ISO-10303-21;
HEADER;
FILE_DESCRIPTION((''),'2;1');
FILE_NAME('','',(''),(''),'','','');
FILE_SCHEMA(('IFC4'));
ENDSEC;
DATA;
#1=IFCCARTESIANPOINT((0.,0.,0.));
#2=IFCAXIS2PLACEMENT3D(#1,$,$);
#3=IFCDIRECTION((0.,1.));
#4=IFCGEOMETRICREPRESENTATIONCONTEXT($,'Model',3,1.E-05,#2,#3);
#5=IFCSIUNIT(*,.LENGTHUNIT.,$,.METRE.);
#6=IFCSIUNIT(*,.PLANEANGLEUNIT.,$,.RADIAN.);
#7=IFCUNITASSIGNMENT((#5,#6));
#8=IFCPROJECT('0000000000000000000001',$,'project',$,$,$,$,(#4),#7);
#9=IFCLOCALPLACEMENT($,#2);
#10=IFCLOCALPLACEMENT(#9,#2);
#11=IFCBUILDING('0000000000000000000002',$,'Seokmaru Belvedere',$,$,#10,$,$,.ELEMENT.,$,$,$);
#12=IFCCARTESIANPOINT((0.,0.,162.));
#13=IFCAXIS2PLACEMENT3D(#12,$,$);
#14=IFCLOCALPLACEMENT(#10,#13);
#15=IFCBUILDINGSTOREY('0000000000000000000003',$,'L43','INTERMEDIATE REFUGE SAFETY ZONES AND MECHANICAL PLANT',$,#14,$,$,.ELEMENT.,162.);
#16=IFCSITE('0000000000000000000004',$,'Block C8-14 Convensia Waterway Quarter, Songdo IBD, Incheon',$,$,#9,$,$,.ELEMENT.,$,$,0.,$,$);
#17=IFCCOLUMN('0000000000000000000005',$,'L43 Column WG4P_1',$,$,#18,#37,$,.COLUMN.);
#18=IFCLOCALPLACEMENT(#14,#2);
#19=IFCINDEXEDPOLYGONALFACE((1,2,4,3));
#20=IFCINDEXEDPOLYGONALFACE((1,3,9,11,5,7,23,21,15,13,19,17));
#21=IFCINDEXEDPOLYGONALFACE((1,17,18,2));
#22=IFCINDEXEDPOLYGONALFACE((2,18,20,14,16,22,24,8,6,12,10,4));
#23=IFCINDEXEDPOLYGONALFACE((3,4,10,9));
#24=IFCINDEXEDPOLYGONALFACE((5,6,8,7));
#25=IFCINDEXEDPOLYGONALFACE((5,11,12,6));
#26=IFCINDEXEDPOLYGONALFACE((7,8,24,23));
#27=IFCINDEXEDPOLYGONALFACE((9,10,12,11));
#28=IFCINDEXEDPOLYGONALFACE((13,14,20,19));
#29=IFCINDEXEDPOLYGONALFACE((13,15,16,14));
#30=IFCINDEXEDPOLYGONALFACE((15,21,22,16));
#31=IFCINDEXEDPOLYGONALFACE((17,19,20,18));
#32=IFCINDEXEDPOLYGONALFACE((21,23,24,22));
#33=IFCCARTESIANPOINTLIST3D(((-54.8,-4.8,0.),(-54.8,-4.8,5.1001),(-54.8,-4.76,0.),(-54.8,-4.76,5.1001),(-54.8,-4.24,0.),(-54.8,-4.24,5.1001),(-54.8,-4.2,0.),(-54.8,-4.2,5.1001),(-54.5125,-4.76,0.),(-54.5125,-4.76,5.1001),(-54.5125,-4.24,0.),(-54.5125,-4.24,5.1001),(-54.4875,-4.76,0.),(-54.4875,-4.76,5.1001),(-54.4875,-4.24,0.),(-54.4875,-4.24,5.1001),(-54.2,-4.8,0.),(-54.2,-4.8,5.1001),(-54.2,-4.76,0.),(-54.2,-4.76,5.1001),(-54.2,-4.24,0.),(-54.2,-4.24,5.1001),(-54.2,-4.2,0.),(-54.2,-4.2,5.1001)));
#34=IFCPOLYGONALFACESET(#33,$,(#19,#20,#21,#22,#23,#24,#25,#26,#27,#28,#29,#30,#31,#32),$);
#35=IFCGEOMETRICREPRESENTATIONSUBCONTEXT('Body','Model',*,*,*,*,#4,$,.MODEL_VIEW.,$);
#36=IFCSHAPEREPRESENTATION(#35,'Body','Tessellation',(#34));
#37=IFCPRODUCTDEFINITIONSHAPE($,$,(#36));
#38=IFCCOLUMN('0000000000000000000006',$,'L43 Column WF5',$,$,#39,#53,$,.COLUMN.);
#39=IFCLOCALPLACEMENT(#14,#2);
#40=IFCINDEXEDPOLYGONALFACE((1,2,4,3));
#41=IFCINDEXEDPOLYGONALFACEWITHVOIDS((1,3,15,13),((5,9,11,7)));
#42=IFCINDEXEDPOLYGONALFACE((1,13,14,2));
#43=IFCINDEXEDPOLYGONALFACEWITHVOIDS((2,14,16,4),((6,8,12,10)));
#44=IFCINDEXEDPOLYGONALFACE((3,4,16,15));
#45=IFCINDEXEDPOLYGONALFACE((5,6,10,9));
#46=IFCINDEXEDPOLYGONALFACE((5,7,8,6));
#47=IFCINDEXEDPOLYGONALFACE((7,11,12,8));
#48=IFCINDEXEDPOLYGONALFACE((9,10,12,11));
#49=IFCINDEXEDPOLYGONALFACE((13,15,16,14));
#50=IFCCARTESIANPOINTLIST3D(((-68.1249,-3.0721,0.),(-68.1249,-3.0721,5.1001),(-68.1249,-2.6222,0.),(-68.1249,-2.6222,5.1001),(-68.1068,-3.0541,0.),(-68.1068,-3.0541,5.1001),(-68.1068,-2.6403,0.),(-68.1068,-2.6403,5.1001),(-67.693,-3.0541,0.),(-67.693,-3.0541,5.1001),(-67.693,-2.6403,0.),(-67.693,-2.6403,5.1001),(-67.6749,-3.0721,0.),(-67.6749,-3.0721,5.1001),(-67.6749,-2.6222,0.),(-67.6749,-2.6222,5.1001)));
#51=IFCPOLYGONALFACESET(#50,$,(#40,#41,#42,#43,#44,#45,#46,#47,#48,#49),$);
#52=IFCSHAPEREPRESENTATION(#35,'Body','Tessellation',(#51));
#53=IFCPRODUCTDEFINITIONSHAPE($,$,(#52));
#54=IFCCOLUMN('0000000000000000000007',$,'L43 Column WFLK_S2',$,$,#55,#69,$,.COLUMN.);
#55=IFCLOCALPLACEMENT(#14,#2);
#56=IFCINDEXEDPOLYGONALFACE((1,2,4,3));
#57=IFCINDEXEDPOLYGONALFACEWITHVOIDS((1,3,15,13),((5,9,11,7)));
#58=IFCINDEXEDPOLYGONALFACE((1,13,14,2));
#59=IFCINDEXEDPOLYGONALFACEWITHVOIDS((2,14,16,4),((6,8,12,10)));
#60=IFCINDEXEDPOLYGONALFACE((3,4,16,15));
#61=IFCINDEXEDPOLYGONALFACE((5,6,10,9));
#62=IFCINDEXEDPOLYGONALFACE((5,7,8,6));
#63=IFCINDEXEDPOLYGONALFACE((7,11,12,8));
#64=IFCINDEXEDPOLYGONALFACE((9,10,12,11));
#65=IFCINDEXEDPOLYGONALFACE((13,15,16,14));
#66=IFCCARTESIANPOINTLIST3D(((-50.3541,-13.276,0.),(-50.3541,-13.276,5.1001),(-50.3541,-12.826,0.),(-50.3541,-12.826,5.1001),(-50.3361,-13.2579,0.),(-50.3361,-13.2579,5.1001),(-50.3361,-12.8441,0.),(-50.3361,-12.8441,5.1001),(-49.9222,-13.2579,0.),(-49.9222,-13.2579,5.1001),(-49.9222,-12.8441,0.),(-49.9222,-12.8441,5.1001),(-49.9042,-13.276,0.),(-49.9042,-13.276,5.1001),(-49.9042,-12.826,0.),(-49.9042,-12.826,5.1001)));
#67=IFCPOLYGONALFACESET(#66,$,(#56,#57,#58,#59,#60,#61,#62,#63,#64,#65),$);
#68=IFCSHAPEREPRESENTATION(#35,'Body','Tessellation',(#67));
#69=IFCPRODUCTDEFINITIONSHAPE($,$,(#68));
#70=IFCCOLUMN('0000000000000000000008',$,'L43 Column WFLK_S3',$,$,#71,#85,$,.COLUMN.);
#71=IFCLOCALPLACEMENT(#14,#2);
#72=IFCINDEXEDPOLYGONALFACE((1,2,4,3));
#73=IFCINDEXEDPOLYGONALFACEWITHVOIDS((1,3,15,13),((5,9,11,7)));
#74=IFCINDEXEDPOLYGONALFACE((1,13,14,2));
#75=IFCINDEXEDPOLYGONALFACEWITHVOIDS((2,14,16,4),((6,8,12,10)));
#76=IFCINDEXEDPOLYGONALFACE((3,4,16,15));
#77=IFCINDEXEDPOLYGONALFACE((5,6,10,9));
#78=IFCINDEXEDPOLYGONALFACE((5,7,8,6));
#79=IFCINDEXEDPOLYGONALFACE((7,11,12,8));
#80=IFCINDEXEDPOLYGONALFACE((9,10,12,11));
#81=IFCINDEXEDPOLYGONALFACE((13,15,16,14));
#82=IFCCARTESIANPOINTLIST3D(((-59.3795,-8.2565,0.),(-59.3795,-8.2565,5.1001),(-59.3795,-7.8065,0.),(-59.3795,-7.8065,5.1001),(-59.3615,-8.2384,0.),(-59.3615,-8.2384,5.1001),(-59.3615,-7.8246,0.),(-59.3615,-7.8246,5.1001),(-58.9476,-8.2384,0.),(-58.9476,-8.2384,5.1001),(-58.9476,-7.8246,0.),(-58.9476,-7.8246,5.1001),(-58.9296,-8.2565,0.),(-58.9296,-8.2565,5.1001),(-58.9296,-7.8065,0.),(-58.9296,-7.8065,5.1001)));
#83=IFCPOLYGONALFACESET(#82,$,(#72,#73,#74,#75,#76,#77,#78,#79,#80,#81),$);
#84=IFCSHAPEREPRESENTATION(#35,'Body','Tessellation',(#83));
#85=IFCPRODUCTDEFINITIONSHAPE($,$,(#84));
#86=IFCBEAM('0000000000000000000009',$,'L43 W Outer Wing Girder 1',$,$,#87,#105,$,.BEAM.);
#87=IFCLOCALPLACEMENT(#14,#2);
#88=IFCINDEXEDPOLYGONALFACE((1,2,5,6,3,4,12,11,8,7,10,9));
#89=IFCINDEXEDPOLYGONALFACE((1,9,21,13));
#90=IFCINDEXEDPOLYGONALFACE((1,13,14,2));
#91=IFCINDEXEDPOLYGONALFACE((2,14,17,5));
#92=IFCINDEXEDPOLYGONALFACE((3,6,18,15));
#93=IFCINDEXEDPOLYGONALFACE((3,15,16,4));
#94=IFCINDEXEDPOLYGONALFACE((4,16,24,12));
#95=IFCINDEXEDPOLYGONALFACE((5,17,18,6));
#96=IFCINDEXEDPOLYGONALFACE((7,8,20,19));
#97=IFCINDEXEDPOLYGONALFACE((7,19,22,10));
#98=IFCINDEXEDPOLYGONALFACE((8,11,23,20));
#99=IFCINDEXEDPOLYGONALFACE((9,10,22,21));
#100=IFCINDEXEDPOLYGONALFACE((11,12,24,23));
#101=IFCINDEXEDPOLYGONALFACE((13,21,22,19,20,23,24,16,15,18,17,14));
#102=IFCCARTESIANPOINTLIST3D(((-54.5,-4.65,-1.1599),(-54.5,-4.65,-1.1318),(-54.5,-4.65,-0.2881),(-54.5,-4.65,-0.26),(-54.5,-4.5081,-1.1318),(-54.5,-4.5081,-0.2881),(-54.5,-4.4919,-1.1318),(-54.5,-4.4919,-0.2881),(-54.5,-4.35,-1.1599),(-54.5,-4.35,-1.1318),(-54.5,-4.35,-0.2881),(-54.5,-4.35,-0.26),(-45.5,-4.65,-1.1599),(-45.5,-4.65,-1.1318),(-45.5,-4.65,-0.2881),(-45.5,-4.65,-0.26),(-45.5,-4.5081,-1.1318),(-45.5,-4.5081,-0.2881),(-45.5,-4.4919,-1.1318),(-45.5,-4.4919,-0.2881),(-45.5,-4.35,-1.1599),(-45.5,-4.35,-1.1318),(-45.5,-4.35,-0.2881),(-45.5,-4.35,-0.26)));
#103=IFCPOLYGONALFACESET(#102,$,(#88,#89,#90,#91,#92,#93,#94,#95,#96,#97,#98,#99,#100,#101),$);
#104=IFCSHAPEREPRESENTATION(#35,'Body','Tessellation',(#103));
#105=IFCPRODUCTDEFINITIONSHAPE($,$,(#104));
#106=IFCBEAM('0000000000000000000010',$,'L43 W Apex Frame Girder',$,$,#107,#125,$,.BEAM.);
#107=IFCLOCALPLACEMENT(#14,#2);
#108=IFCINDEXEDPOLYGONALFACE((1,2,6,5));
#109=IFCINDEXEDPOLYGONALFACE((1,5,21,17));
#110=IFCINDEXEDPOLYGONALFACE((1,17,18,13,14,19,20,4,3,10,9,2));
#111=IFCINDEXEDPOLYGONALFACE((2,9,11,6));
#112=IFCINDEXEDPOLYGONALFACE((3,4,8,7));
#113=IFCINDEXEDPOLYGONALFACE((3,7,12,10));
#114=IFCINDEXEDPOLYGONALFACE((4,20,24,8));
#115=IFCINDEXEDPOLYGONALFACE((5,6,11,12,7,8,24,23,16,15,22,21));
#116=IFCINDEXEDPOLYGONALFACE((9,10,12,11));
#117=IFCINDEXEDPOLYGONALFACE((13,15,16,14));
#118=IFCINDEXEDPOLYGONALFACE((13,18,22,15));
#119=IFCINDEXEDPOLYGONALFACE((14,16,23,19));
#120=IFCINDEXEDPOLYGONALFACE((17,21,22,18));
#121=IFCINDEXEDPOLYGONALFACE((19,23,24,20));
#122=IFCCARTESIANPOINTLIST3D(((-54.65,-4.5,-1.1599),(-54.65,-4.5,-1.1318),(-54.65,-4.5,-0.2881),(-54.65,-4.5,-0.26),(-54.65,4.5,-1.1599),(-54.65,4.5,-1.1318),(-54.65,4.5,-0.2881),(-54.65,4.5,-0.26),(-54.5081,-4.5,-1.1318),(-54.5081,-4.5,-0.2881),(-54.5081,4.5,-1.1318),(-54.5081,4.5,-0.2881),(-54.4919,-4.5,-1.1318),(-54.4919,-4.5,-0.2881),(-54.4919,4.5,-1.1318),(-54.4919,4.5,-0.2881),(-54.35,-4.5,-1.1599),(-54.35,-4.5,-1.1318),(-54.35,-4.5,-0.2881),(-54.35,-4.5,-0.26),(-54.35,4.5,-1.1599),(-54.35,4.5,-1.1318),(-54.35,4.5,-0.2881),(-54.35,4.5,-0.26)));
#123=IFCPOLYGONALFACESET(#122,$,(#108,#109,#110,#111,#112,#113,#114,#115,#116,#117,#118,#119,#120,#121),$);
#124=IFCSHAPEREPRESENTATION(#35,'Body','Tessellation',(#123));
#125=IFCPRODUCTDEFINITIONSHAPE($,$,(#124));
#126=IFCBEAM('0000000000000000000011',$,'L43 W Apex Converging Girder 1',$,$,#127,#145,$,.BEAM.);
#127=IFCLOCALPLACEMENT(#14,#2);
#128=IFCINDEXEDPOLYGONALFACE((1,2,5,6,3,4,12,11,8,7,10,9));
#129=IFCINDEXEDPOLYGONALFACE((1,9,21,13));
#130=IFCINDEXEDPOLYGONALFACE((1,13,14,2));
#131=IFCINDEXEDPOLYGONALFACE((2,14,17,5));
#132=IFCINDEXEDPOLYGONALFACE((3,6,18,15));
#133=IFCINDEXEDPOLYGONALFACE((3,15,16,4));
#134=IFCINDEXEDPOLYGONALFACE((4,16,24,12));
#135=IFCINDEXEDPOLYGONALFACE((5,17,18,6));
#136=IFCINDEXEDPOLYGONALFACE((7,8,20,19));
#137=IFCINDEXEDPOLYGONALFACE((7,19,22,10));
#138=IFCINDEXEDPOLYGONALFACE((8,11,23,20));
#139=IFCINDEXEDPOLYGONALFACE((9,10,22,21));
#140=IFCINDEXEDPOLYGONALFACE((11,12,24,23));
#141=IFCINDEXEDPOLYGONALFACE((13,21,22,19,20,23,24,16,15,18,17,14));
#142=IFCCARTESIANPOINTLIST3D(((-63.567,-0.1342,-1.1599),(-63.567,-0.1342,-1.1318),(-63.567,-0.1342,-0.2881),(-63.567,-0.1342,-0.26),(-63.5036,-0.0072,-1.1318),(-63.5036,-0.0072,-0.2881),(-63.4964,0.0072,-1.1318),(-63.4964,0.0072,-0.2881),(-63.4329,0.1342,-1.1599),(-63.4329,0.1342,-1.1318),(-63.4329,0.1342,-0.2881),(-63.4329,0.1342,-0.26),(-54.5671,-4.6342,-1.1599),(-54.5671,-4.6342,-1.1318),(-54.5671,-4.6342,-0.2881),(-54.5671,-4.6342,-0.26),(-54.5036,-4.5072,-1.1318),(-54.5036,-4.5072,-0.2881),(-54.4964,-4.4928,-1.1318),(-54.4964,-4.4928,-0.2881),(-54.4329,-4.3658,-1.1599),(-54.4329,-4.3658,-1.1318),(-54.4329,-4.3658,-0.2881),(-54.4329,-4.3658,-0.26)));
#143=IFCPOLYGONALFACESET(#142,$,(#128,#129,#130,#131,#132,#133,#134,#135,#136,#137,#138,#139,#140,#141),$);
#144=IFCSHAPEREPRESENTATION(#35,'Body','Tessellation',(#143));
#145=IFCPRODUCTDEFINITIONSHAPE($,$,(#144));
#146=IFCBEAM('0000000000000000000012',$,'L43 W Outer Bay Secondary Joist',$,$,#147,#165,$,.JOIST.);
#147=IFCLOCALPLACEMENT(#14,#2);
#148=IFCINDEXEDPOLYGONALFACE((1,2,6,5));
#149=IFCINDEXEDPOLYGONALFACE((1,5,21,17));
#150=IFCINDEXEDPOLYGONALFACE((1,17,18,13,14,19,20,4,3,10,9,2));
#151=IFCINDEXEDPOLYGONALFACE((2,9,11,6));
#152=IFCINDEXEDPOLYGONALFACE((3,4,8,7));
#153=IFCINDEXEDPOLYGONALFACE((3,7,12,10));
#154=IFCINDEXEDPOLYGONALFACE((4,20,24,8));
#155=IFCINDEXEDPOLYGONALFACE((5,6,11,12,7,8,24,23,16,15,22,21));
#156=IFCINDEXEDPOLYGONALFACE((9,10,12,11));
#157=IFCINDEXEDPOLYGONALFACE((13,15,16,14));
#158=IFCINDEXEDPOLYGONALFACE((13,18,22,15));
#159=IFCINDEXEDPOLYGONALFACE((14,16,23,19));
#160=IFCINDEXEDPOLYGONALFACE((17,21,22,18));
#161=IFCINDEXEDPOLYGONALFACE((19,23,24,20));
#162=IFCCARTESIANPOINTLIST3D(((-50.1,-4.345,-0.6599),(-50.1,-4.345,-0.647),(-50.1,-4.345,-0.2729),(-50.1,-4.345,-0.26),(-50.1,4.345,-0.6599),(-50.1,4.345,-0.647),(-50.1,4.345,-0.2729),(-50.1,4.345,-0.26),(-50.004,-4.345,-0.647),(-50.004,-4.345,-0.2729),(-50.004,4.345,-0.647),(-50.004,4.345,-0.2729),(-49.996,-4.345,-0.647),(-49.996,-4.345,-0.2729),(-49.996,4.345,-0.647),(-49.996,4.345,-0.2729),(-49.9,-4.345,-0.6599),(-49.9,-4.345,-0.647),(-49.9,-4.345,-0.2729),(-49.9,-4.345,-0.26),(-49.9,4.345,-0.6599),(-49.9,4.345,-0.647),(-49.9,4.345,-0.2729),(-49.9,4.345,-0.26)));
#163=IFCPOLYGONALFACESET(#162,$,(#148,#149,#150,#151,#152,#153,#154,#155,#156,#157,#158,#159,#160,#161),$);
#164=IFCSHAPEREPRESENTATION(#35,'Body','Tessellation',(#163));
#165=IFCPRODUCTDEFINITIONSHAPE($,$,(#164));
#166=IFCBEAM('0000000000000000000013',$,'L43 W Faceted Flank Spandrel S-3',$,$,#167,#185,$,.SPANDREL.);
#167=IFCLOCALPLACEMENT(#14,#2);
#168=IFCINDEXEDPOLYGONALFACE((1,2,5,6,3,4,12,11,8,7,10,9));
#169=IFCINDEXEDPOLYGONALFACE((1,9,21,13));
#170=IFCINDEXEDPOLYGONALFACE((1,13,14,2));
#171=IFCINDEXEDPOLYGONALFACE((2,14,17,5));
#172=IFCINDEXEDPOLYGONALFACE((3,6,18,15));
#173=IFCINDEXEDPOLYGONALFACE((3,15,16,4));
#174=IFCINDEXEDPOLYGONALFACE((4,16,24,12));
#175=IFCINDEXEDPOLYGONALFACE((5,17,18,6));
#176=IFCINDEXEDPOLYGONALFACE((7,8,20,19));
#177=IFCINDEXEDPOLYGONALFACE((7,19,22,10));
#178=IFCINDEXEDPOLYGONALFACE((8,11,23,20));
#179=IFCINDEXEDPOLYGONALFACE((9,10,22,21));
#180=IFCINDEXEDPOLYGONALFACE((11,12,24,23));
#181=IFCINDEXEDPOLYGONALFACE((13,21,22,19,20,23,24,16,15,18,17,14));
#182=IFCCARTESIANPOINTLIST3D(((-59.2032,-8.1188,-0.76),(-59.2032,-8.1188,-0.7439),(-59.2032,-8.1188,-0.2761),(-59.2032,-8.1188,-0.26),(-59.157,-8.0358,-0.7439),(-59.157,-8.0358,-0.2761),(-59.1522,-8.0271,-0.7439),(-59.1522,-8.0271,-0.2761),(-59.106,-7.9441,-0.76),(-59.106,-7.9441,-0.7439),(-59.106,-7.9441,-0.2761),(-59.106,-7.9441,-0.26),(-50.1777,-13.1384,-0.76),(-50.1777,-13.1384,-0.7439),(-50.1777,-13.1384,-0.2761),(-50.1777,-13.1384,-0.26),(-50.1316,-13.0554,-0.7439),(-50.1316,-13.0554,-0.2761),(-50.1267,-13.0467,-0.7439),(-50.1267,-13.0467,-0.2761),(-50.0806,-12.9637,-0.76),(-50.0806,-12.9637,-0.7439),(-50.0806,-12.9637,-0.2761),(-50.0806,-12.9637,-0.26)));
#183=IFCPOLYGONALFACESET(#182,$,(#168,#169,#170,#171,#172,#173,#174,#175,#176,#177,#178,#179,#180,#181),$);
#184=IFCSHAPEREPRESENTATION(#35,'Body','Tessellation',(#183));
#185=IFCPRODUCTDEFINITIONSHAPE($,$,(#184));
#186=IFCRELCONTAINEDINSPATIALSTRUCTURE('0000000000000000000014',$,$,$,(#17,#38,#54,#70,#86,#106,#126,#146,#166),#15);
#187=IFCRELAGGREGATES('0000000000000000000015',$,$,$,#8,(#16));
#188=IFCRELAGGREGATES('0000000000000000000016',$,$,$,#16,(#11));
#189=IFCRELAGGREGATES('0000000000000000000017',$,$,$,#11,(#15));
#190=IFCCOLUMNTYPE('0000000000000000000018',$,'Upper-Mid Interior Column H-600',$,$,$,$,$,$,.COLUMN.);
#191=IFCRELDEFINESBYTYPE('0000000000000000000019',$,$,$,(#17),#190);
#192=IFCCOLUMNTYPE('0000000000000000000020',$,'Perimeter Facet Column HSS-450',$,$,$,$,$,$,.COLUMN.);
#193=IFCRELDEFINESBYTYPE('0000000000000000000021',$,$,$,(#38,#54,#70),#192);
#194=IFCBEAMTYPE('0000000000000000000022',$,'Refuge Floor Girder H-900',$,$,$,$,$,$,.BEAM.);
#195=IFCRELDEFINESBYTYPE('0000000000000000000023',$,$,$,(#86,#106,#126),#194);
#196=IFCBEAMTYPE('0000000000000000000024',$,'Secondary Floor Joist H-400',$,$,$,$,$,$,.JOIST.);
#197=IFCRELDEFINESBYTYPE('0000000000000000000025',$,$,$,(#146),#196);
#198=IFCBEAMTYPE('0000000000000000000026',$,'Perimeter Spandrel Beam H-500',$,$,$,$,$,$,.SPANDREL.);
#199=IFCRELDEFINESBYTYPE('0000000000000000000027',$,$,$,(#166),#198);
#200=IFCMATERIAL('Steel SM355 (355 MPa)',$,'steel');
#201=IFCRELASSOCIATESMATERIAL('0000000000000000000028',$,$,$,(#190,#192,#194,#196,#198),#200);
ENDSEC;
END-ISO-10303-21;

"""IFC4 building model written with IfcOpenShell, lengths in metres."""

from ifc_helpers import new_model, si_unit, direction, frame, origin, origin_2d, place, context, subcontext, project, spatial, hollow_rectangle, i_section, extrude, source, transform, mapped, material, material_profile, profile_set, type_object, type_shapes, element, save


model = new_model("IFC4")

# Units and contexts
model_context = context("Model", 3, precision=1e-05, world=origin(), true_north=direction((0.0, 1.0)))
body_context = subcontext(model_context, "Body", "Model", "MODEL_VIEW")
ifc_project = project(units=[si_unit("LENGTHUNIT", "METRE"), si_unit("PLANEANGLEUNIT", "RADIAN")], contexts=[model_context])

# Site, building, storey
site_placement = place(None, origin())
site = spatial("IfcSite", under=ifc_project, at=site_placement, Name="Block C8-14 Convensia Waterway Quarter, Songdo IBD, Incheon", CompositionType="ELEMENT", RefElevation=0.0)
building_placement = place(site_placement, origin())
building = spatial("IfcBuilding", under=site, at=building_placement, Name="Seokmaru Belvedere", CompositionType="ELEMENT")
storey_placement = place(building_placement, frame((0.0, 0.0, 162.0)))
storey = spatial("IfcBuildingStorey", under=building, at=storey_placement, Name="L43", Description="INTERMEDIATE REFUGE SAFETY ZONES AND MECHANICAL PLANT", CompositionType="ELEMENT", Elevation=162.0)

# Columns
ifc_material_1 = material(Name="Steel SM355 (355 MPa)", Category="steel")
ifc_material_profile_1 = material_profile(ifc_material_1, i_section(OverallWidth=0.6001, OverallDepth=0.6001, WebThickness=0.0249, FlangeThickness=0.04, at=origin_2d()), Name="H-600x600x25x40")
ifc_profile_set_1 = profile_set([ifc_material_profile_1], Name="Steel SM355 (355 MPa)")
column_type_1 = type_object("IfcColumnType", Name="Upper-Mid Interior Column H-600", PredefinedType="COLUMN", material=ifc_profile_set_1)
shared_shape_1 = source(origin(), body_context, "Body", "SweptSolid", [
    extrude(i_section(OverallWidth=0.6001, OverallDepth=0.6001, WebThickness=0.0249, FlangeThickness=0.04, at=origin_2d()), origin(), (0.0, 0.0, 1.0), 5.1001),
])
type_shapes(column_type_1, [shared_shape_1])
column_placement = place(storey_placement, frame((-54.5, -4.5, 0.0), z_axis=(0.0, 0.0, 1.0), x_axis=(1.0, 0.0, 0.0)))
element("IfcColumn", 1, at=column_placement, inside=storey, type_object=column_type_1, Name="L43 Column WG4P_1", PredefinedType="COLUMN", context=body_context, shape_type="MappedRepresentation", body=[
    mapped(shared_shape_1, transform((0.0, 0.0, 0.0), scale=1.0)),
])
ifc_material_profile_2 = material_profile(ifc_material_1, hollow_rectangle(XDim=0.45, YDim=0.45, WallThickness=0.0181, at=origin_2d()), Name="HSS-450x450x18")
ifc_profile_set_2 = profile_set([ifc_material_profile_2], Name="Steel SM355 (355 MPa)")
column_type_2 = type_object("IfcColumnType", Name="Perimeter Facet Column HSS-450", PredefinedType="COLUMN", material=ifc_profile_set_2)
shared_shape_2 = source(origin(), body_context, "Body", "SweptSolid", [
    extrude(hollow_rectangle(XDim=0.45, YDim=0.45, WallThickness=0.0181, at=origin_2d()), origin(), (0.0, 0.0, 1.0), 5.1001),
])
type_shapes(column_type_2, [shared_shape_2])
for number, where, z_axis, x_axis, name in (
    (2, (-67.8999, -2.8472, 0.0), (0.0, 0.0, 1.0), (1.0, 0.0, 0.0), "L43 Column WF5"),
    (3, (-50.1292, -13.051, 0.0), (0.0, 0.0, 1.0), (1.0, 0.0, 0.0), "L43 Column WFLK_S2"),
    (4, (-59.1545, -8.0315, 0.0), (0.0, 0.0, 1.0), (1.0, 0.0, 0.0), "L43 Column WFLK_S3"),
):
    element("IfcColumn", number, at=place(storey_placement, frame(where, z_axis=z_axis, x_axis=x_axis)), inside=storey, type_object=column_type_2, Name=name, PredefinedType="COLUMN", context=body_context, shape_type="MappedRepresentation", body=[
        mapped(shared_shape_2, transform((0.0, 0.0, 0.0), scale=1.0)),
    ])

# Beams
ifc_material_profile_3 = material_profile(ifc_material_1, i_section(OverallWidth=0.3, OverallDepth=0.8999, WebThickness=0.0161, FlangeThickness=0.0281, at=origin_2d()), Name="H-900x300x16x28")
ifc_profile_set_3 = profile_set([ifc_material_profile_3], Name="Steel SM355 (355 MPa)")
beam_type_1 = type_object("IfcBeamType", Name="Refuge Floor Girder H-900", PredefinedType="BEAM", material=ifc_profile_set_3)
shared_shape_3 = source(origin(), body_context, "Body", "SweptSolid", [
    extrude(i_section(OverallWidth=0.3, OverallDepth=0.8999, WebThickness=0.0161, FlangeThickness=0.0281, at=origin_2d()), origin(), (0.0, 0.0, 1.0), 9.0),
])
for number, where, z_axis, x_axis, name in (
    (5, (-54.5, -4.5, -0.71), (1.0, 0.0, 0.0), (0.0, 1.0, 0.0), "L43 W Outer Wing Girder 1"),
    (6, (-54.5, -4.5, -0.71), (0.0, 1.0, 0.0), (-1.0, 0.0, 0.0), "L43 W Apex Frame Girder"),
):
    element("IfcBeam", number, at=place(storey_placement, frame(where, z_axis=z_axis, x_axis=x_axis)), inside=storey, type_object=beam_type_1, Name=name, PredefinedType="BEAM", context=body_context, shape_type="MappedRepresentation", body=[
        mapped(shared_shape_3, transform((0.0, 0.0, 0.0), scale=1.0)),
    ])
shared_shape_4 = source(origin(), body_context, "Body", "SweptSolid", [
    extrude(i_section(OverallWidth=0.3, OverallDepth=0.8999, WebThickness=0.0161, FlangeThickness=0.0281, at=origin_2d()), origin(), (0.0, 0.0, 1.0), 10.0623),
])
beam_1_placement = place(storey_placement, frame((-54.5, -4.5, -0.71), z_axis=(-0.894427, 0.447214, 0.0), x_axis=(-0.447214, -0.894427, 0.0)))
element("IfcBeam", 7, at=beam_1_placement, inside=storey, type_object=beam_type_1, Name="L43 W Apex Converging Girder 1", PredefinedType="BEAM", context=body_context, shape_type="MappedRepresentation", body=[
    mapped(shared_shape_4, transform((0.0, 0.0, 0.0), scale=1.0)),
])
ifc_material_profile_4 = material_profile(ifc_material_1, i_section(OverallWidth=0.2, OverallDepth=0.3999, WebThickness=0.0081, FlangeThickness=0.0129, at=origin_2d()), Name="H-400x200x8x13")
ifc_profile_set_4 = profile_set([ifc_material_profile_4], Name="Steel SM355 (355 MPa)")
beam_type_2 = type_object("IfcBeamType", Name="Secondary Floor Joist H-400", PredefinedType="JOIST", material=ifc_profile_set_4)
shared_shape_5 = source(origin(), body_context, "Body", "SweptSolid", [
    extrude(i_section(OverallWidth=0.2, OverallDepth=0.3999, WebThickness=0.0081, FlangeThickness=0.0129, at=origin_2d()), origin(), (0.0, 0.0, 1.0), 8.6899),
])
type_shapes(beam_type_2, [shared_shape_5])
beam_2_placement = place(storey_placement, frame((-50.0, -4.345, -0.46), z_axis=(0.0, 1.0, 0.0), x_axis=(-1.0, 0.0, 0.0)))
element("IfcBeam", 8, at=beam_2_placement, inside=storey, type_object=beam_type_2, Name="L43 W Outer Bay Secondary Joist", PredefinedType="JOIST", context=body_context, shape_type="MappedRepresentation", body=[
    mapped(shared_shape_5, transform((0.0, 0.0, 0.0), scale=1.0)),
])
ifc_material_profile_5 = material_profile(ifc_material_1, i_section(OverallWidth=0.2, OverallDepth=0.5, WebThickness=0.01, FlangeThickness=0.0161, at=origin_2d()), Name="H-500x200x10x16")
ifc_profile_set_5 = profile_set([ifc_material_profile_5], Name="Steel SM355 (355 MPa)")
beam_type_3 = type_object("IfcBeamType", Name="Perimeter Spandrel Beam H-500", PredefinedType="SPANDREL", material=ifc_profile_set_5)
shared_shape_6 = source(origin(), body_context, "Body", "SweptSolid", [
    extrude(i_section(OverallWidth=0.2, OverallDepth=0.5, WebThickness=0.01, FlangeThickness=0.0161, at=origin_2d()), origin(), (0.0, 0.0, 1.0), 10.3274),
])
beam_3_placement = place(storey_placement, frame((-50.1292, -13.051, -0.51), z_axis=(-0.873934, 0.486044, 0.0), x_axis=(-0.486044, -0.873934, 0.0)))
element("IfcBeam", 9, at=beam_3_placement, inside=storey, type_object=beam_type_3, Name="L43 W Faceted Flank Spandrel S-3", PredefinedType="SPANDREL", context=body_context, shape_type="MappedRepresentation", body=[
    mapped(shared_shape_6, transform((0.0, 0.0, 0.0), scale=1.0)),
])

save(model, "model.ifc")
